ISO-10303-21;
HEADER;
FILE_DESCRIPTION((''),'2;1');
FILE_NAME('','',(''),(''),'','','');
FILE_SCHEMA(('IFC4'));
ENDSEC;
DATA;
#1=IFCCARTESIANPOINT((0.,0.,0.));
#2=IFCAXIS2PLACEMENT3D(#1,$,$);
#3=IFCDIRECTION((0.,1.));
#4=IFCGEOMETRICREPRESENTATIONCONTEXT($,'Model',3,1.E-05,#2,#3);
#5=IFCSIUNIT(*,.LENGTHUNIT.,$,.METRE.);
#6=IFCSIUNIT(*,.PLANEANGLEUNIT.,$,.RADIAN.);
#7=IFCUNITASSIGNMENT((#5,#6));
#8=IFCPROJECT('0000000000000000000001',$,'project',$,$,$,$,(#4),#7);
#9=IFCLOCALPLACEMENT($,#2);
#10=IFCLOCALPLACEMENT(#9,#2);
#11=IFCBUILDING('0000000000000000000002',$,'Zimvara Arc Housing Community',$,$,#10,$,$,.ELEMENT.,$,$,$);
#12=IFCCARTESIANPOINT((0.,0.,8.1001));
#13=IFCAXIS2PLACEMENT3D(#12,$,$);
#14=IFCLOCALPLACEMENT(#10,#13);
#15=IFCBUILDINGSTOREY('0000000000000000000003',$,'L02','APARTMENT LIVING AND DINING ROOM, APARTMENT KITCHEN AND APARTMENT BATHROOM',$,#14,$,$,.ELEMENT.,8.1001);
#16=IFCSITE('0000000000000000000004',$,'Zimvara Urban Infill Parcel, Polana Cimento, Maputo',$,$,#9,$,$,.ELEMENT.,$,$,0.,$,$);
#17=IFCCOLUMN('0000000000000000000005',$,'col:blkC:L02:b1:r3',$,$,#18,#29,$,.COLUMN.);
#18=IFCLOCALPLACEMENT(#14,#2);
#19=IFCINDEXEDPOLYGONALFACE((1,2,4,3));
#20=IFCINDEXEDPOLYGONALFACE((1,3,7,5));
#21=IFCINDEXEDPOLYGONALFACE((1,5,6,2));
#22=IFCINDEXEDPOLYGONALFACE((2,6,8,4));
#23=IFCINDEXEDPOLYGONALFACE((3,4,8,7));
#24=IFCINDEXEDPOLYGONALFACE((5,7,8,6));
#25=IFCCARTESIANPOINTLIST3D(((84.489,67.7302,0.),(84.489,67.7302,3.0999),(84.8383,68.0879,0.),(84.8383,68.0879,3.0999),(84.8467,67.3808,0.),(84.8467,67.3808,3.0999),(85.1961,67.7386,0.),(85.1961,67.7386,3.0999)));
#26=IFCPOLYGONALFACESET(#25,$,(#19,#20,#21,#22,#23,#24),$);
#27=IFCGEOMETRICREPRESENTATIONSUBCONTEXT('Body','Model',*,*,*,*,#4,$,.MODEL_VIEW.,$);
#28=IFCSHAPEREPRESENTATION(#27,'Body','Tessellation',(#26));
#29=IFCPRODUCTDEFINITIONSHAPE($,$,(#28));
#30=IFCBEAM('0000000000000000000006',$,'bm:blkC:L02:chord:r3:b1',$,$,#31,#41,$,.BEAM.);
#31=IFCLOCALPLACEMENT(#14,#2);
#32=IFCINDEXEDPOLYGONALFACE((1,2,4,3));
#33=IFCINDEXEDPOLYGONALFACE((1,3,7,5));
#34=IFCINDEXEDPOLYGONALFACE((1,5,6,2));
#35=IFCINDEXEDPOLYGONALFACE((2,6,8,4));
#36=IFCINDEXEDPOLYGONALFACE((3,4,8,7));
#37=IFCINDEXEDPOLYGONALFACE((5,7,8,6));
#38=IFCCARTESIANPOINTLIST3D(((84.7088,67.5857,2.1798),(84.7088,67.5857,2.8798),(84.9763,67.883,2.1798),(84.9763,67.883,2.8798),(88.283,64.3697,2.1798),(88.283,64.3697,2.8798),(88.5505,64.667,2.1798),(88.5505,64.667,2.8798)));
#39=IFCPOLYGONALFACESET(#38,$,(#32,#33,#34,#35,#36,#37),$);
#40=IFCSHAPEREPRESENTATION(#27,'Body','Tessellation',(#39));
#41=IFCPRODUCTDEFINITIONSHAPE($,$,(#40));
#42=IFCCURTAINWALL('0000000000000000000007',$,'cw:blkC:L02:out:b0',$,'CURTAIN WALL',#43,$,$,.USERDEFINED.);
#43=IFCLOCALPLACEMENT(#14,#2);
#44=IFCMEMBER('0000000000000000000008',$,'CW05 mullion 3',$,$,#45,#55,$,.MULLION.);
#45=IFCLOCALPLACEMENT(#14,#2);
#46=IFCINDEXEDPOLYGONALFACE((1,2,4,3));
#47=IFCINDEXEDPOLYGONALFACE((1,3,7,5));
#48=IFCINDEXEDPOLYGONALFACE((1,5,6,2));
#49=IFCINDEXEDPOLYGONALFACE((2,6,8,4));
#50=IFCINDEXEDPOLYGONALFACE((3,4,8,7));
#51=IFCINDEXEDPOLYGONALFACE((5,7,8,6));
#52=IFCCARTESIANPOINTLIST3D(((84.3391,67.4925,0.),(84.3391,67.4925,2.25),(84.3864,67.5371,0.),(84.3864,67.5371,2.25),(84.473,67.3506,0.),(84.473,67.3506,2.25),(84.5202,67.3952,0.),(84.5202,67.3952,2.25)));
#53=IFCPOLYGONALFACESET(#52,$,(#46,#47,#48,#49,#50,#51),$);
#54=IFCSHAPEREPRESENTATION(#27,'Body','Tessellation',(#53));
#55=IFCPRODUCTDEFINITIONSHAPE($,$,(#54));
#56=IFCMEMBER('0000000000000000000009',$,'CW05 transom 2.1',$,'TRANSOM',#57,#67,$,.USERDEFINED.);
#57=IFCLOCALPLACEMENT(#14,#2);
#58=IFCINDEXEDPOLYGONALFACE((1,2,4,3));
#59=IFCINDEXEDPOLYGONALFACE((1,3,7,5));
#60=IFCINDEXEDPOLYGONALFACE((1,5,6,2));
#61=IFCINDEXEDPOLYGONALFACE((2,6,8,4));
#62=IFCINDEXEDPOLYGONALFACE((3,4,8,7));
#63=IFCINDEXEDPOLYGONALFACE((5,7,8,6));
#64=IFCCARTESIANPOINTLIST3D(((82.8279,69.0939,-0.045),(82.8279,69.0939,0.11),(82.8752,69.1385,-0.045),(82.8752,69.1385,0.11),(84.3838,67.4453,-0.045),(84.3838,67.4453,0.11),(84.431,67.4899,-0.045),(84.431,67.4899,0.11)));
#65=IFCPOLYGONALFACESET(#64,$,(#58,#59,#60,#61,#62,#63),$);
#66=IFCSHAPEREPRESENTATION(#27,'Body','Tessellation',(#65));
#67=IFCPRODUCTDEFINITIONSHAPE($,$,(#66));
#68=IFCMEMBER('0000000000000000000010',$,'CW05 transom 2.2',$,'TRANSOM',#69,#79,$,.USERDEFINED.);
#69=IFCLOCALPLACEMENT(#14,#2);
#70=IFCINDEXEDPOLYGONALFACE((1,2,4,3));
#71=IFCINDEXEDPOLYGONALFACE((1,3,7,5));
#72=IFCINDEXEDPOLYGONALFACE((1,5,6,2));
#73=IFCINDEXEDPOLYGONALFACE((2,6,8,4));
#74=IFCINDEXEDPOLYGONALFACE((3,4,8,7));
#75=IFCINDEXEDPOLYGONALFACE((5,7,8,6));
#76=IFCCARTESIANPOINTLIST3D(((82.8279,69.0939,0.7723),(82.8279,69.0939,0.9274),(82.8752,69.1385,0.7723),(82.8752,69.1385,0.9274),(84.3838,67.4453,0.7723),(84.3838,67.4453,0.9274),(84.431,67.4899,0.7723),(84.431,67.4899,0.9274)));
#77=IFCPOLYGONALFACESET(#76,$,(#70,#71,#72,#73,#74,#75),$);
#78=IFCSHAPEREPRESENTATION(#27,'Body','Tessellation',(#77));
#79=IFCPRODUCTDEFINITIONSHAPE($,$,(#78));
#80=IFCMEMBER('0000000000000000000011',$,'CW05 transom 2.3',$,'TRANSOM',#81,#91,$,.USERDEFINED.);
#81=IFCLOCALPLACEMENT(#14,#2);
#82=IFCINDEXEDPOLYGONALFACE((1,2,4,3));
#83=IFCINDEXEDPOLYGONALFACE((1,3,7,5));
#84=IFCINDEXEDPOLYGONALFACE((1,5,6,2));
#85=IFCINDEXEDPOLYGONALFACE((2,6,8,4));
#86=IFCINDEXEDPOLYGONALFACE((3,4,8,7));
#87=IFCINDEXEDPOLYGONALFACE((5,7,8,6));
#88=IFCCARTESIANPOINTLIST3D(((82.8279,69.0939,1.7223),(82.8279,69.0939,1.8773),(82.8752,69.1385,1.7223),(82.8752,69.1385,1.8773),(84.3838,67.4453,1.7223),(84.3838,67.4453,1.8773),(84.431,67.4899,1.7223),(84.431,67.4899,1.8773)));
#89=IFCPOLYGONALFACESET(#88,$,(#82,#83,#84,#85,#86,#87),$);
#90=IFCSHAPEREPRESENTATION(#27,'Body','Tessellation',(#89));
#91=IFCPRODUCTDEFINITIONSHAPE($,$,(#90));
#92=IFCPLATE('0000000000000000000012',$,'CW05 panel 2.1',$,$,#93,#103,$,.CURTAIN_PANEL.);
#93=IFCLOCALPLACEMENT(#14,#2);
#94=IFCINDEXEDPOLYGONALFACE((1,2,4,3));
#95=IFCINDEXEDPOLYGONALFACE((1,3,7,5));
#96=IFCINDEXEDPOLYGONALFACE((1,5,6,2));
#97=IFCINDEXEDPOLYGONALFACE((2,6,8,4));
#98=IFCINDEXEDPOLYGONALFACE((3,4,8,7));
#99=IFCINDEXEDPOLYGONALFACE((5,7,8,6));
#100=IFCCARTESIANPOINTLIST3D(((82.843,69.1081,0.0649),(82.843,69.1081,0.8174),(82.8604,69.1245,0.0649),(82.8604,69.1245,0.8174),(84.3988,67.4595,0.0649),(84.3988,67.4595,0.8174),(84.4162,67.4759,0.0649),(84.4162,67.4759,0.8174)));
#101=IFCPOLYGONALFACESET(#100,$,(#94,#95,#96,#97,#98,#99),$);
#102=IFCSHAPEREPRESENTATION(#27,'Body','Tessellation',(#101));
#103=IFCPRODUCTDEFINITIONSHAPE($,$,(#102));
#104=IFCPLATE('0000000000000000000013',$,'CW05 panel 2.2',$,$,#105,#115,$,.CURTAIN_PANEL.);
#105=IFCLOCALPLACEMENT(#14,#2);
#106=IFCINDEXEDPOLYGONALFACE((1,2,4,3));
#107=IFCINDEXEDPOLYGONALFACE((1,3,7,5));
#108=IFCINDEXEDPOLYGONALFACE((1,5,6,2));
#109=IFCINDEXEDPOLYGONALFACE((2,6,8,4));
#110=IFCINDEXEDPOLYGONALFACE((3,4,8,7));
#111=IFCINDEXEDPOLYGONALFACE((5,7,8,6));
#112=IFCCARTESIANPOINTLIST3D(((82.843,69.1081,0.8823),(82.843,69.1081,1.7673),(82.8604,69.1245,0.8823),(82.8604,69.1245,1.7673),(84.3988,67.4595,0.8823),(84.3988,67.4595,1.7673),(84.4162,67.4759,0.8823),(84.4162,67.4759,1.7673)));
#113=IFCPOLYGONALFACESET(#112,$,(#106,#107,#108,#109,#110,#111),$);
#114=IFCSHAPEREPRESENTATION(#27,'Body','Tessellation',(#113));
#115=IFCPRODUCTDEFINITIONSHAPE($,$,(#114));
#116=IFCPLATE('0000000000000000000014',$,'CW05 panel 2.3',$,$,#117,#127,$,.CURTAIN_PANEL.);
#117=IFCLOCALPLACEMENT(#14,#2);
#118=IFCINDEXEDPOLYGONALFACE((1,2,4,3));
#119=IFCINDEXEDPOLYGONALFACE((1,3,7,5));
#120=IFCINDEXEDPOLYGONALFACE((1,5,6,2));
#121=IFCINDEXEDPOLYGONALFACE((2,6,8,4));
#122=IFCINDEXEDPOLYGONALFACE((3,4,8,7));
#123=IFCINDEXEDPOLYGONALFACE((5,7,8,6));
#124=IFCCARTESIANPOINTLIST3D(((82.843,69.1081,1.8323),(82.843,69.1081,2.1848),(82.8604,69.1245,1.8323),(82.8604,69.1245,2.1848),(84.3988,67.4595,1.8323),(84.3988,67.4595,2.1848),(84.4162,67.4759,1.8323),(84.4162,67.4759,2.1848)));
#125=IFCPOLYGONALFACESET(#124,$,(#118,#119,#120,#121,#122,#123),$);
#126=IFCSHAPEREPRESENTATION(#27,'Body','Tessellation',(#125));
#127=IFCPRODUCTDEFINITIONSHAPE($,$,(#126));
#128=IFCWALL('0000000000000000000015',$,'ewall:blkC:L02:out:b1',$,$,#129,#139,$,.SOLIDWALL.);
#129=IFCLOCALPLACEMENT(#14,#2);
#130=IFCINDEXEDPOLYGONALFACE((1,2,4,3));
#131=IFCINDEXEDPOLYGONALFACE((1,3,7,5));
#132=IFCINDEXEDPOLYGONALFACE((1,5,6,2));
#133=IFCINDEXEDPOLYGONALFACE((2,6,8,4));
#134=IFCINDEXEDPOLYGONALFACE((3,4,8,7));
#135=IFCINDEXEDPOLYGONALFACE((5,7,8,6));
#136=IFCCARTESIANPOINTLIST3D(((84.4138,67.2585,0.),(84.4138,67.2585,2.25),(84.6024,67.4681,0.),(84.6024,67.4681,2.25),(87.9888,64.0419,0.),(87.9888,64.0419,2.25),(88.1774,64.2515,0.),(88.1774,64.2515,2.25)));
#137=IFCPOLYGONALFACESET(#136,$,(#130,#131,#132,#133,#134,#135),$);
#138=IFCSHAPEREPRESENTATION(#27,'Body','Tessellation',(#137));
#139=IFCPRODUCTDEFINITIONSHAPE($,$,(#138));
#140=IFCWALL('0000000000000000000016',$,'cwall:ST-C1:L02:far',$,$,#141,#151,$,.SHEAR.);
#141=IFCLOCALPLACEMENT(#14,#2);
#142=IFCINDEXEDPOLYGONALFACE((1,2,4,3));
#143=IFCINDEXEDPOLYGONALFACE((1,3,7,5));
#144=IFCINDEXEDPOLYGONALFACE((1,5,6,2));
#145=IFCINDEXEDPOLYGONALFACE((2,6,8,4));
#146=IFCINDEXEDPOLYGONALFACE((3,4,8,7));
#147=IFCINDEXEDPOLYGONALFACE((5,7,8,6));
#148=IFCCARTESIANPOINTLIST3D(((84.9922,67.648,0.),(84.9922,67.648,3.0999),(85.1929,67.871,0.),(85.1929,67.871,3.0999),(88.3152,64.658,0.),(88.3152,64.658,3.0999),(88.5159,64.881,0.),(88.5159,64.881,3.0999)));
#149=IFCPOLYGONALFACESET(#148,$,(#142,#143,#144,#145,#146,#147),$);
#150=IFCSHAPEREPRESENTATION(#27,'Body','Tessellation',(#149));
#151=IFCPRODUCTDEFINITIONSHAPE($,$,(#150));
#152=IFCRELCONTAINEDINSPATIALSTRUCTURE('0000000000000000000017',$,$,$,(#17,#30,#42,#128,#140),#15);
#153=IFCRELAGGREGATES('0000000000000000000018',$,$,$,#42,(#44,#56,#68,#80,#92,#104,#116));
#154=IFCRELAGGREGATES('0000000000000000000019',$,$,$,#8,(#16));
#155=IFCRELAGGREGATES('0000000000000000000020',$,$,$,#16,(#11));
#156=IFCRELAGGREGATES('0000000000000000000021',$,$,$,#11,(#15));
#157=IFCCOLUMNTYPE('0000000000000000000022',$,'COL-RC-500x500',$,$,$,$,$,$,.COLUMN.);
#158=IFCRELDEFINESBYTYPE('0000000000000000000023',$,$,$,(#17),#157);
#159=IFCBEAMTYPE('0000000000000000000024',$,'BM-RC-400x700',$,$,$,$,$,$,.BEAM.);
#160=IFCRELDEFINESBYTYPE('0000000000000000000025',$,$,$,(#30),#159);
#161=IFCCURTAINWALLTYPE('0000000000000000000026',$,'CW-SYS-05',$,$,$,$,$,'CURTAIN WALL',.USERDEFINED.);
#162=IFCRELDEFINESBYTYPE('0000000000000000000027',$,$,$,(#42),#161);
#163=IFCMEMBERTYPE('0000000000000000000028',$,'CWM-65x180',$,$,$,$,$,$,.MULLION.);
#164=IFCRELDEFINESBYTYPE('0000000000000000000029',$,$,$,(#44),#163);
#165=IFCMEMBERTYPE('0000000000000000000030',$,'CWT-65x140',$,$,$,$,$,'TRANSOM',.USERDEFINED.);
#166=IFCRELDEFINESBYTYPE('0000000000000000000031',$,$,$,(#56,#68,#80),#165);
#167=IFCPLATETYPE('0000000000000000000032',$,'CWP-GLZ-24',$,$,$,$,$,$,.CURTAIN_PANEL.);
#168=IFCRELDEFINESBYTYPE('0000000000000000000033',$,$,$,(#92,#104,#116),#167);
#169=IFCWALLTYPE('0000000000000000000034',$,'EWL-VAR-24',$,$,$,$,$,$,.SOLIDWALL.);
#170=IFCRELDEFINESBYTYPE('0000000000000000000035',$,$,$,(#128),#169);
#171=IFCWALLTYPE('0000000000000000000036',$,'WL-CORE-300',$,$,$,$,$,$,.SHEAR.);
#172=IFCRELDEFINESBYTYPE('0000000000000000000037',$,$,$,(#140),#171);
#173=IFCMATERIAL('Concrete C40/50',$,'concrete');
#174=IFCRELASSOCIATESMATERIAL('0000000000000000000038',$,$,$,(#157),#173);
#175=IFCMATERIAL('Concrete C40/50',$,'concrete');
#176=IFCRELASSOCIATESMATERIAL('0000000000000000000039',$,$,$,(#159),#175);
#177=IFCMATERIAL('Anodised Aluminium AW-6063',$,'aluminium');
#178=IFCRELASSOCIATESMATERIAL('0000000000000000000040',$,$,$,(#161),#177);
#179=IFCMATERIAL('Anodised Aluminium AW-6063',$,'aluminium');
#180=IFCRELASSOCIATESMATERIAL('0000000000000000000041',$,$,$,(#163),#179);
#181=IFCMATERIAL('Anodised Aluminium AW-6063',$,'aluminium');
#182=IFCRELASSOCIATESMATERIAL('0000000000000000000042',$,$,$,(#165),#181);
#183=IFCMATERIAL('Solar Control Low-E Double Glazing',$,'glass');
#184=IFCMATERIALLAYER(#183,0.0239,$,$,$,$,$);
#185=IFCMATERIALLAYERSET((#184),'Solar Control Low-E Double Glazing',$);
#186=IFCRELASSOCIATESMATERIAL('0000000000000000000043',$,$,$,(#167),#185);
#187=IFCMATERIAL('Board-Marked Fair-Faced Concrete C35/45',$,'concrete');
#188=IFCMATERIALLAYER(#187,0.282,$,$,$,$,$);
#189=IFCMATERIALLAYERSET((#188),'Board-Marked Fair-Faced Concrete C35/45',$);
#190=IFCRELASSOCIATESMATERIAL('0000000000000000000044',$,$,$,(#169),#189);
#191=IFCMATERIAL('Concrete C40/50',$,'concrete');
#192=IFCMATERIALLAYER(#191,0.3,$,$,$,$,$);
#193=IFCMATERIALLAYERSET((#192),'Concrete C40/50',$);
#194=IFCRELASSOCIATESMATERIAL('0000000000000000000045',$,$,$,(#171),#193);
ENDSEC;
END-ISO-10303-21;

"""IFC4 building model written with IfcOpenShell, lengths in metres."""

from ifc_helpers import new_model, si_unit, direction, frame, frame_2d, origin, origin_2d, place, context, subcontext, project, spatial, rectangle, extrude, material, layer, layer_set, material_profile, profile_set, type_object, element, aggregate, save


model = new_model("IFC4")

# Units and contexts
model_context = context("Model", 3, precision=1e-05, world=origin(), true_north=direction((0.0, 1.0)))
body_context = subcontext(model_context, "Body", "Model", "MODEL_VIEW")
ifc_project = project(units=[si_unit("LENGTHUNIT", "METRE"), si_unit("PLANEANGLEUNIT", "RADIAN")], contexts=[model_context])

# Site, building, storey
site_placement = place(None, origin())
site = spatial("IfcSite", under=ifc_project, at=site_placement, Name="Zimvara Urban Infill Parcel, Polana Cimento, Maputo", CompositionType="ELEMENT", RefElevation=0.0)
building_placement = place(site_placement, origin())
building = spatial("IfcBuilding", under=site, at=building_placement, Name="Zimvara Arc Housing Community", CompositionType="ELEMENT")
storey_placement = place(building_placement, frame((0.0, 0.0, 8.1001)))
storey = spatial("IfcBuildingStorey", under=building, at=storey_placement, Name="L02", Description="APARTMENT LIVING AND DINING ROOM, APARTMENT KITCHEN AND APARTMENT BATHROOM", CompositionType="ELEMENT", Elevation=8.1001)

# Column
ifc_material_1 = material(Name="Concrete C40/50", Category="concrete")
ifc_material_profile_1 = material_profile(ifc_material_1, rectangle(XDim=0.5, YDim=0.5, at=origin_2d()), Name="RC 500x500")
ifc_profile_set_1 = profile_set([ifc_material_profile_1], Name="Concrete C40/50")
column_type = type_object("IfcColumnType", Name="COL-RC-500x500", PredefinedType="COLUMN", material=ifc_profile_set_1)
column_placement = place(storey_placement, frame((84.8425, 67.7344, 0.0), z_axis=(0.0, 0.0, 1.0), x_axis=(-0.698665, -0.715449, 0.0)))
element("IfcColumn", 1, at=column_placement, inside=storey, type_object=column_type, Name="col:blkC:L02:b1:r3", PredefinedType="COLUMN", context=body_context, shape_type="SweptSolid", body=[
    extrude(rectangle(XDim=0.5, YDim=0.5, at=origin_2d()), origin(), (0.0, 0.0, 1.0), 3.0999),
])

# Beam
ifc_material_2 = material(Name="Concrete C40/50", Category="concrete")
ifc_material_profile_2 = material_profile(ifc_material_2, rectangle(XDim=0.3999, YDim=0.7, at=origin_2d()), Name="RC 400x700")
ifc_profile_set_2 = profile_set([ifc_material_profile_2], Name="Concrete C40/50")
beam_type = type_object("IfcBeamType", Name="BM-RC-400x700", PredefinedType="BEAM", material=ifc_profile_set_2)
beam_placement = place(storey_placement, frame((84.8425, 67.7344, 2.5298), z_axis=(0.74337, -0.668881, 0.0), x_axis=(0.668881, 0.74337, 0.0)))
element("IfcBeam", 2, at=beam_placement, inside=storey, type_object=beam_type, Name="bm:blkC:L02:chord:r3:b1", PredefinedType="BEAM", context=body_context, shape_type="SweptSolid", body=[
    extrude(rectangle(XDim=0.3999, YDim=0.7, at=origin_2d()), origin(), (0.0, 0.0, 1.0), 4.8081),
])

# Curtain wall, members, plates
ifc_material_3 = material(Name="Anodised Aluminium AW-6063", Category="aluminium")
curtain_wall_type = type_object("IfcCurtainWallType", Name="CW-SYS-05", ElementType="CURTAIN WALL", PredefinedType="USERDEFINED", material=ifc_material_3)
curtain_wall_placement = place(storey_placement, origin())
curtain_wall = element("IfcCurtainWall", 3, at=curtain_wall_placement, inside=storey, type_object=curtain_wall_type, Name="cw:blkC:L02:out:b0", ObjectType="CURTAIN WALL", PredefinedType="USERDEFINED")
ifc_material_4 = material(Name="Anodised Aluminium AW-6063", Category="aluminium")
ifc_material_profile_3 = material_profile(ifc_material_4, rectangle(XDim=0.0649, YDim=0.1951, at=origin_2d()), Name="ALU 65x195")
ifc_profile_set_3 = profile_set([ifc_material_profile_3], Name="Anodised Aluminium AW-6063")
member_type_1 = type_object("IfcMemberType", Name="CWM-65x180", PredefinedType="MULLION", material=ifc_profile_set_3)
member_1_placement = place(storey_placement, frame((84.4297, 67.4438, 0.0), z_axis=(0.0, 0.0, 1.0), x_axis=(0.727294, 0.686326, 0.0)))
member_1 = element("IfcMember", 4, at=member_1_placement, type_object=member_type_1, Name="CW05 mullion 3", PredefinedType="MULLION", context=body_context, shape_type="SweptSolid", body=[
    extrude(rectangle(XDim=0.0649, YDim=0.1951, at=origin_2d()), origin(), (0.0, 0.0, 1.0), 2.25),
])
ifc_material_5 = material(Name="Anodised Aluminium AW-6063", Category="aluminium")
ifc_material_profile_4 = material_profile(ifc_material_5, rectangle(XDim=0.0649, YDim=0.155, at=origin_2d()), Name="ALU 65x155")
ifc_profile_set_4 = profile_set([ifc_material_profile_4], Name="Anodised Aluminium AW-6063")
member_type_2 = type_object("IfcMemberType", Name="CWT-65x140", ElementType="TRANSOM", PredefinedType="USERDEFINED", material=ifc_profile_set_4)
member_2_placement = place(storey_placement, frame((82.8516, 69.1162, 0.0325), z_axis=(0.686348, -0.727273, 0.0), x_axis=(0.727273, 0.686348, 0.0)))
member_2 = element("IfcMember", 5, at=member_2_placement, type_object=member_type_2, Name="CW05 transom 2.1", ObjectType="TRANSOM", PredefinedType="USERDEFINED", context=body_context, shape_type="SweptSolid", body=[
    extrude(rectangle(XDim=0.0649, YDim=0.155, at=origin_2d()), origin(), (0.0, 0.0, 1.0), 2.2668),
])
member_3_placement = place(storey_placement, frame((82.8516, 69.1162, 0.8499), z_axis=(0.686348, -0.727273, 0.0), x_axis=(0.727273, 0.686348, 0.0)))
member_3 = element("IfcMember", 6, at=member_3_placement, type_object=member_type_2, Name="CW05 transom 2.2", ObjectType="TRANSOM", PredefinedType="USERDEFINED", context=body_context, shape_type="SweptSolid", body=[
    extrude(rectangle(XDim=0.0649, YDim=0.155, at=origin_2d()), origin(), (0.0, 0.0, 1.0), 2.2668),
])
member_4_placement = place(storey_placement, frame((82.8516, 69.1162, 1.7998), z_axis=(0.686348, -0.727273, 0.0), x_axis=(0.727273, 0.686348, 0.0)))
member_4 = element("IfcMember", 7, at=member_4_placement, type_object=member_type_2, Name="CW05 transom 2.3", ObjectType="TRANSOM", PredefinedType="USERDEFINED", context=body_context, shape_type="SweptSolid", body=[
    extrude(rectangle(XDim=0.0649, YDim=0.155, at=origin_2d()), origin(), (0.0, 0.0, 1.0), 2.2668),
])
ifc_material_6 = material(Name="Solar Control Low-E Double Glazing", Category="glass")
ifc_layer_1 = layer(ifc_material_6, 0.0239)
ifc_layer_set_1 = layer_set([ifc_layer_1], Name="Solar Control Low-E Double Glazing")
plate_type = type_object("IfcPlateType", Name="CWP-GLZ-24", PredefinedType="CURTAIN_PANEL", material=ifc_layer_set_1)
plate_1_placement = place(storey_placement, frame((83.6296, 68.292, 0.0649), z_axis=(0.0, 0.0, 1.0), x_axis=(0.686326, -0.727294, 0.0)))
plate_1 = element("IfcPlate", 8, at=plate_1_placement, type_object=plate_type, Name="CW05 panel 2.1", PredefinedType="CURTAIN_PANEL", context=body_context, shape_type="SweptSolid", body=[
    extrude(rectangle(XDim=2.2668, YDim=0.0239, at=origin_2d()), origin(), (0.0, 0.0, 1.0), 0.7524),
])
plate_2_placement = place(storey_placement, frame((83.6296, 68.292, 0.8823), z_axis=(0.0, 0.0, 1.0), x_axis=(0.686326, -0.727294, 0.0)))
plate_2 = element("IfcPlate", 9, at=plate_2_placement, type_object=plate_type, Name="CW05 panel 2.2", PredefinedType="CURTAIN_PANEL", context=body_context, shape_type="SweptSolid", body=[
    extrude(rectangle(XDim=2.2668, YDim=0.0239, at=origin_2d()), origin(), (0.0, 0.0, 1.0), 0.885),
])
plate_3_placement = place(storey_placement, frame((83.6296, 68.292, 1.8323), z_axis=(0.0, 0.0, 1.0), x_axis=(0.686326, -0.727294, 0.0)))
plate_3 = element("IfcPlate", 10, at=plate_3_placement, type_object=plate_type, Name="CW05 panel 2.3", PredefinedType="CURTAIN_PANEL", context=body_context, shape_type="SweptSolid", body=[
    extrude(rectangle(XDim=2.2668, YDim=0.0239, at=origin_2d()), origin(), (0.0, 0.0, 1.0), 0.3525),
])
aggregate(curtain_wall, [member_1, member_2, member_3, member_4, plate_1, plate_2, plate_3])

# Walls
ifc_material_7 = material(Name="Board-Marked Fair-Faced Concrete C35/45", Category="concrete")
ifc_layer_2 = layer(ifc_material_7, 0.282)
ifc_layer_set_2 = layer_set([ifc_layer_2], Name="Board-Marked Fair-Faced Concrete C35/45")
wall_type_1 = type_object("IfcWallType", Name="EWL-VAR-24", PredefinedType="SOLIDWALL", material=ifc_layer_set_2)
wall_1_placement = place(storey_placement, frame((84.5081, 67.3633, 0.0), z_axis=(0.0, 0.0, 1.0), x_axis=(0.743388, -0.668861, 0.0)))
element("IfcWall", 11, at=wall_1_placement, inside=storey, type_object=wall_type_1, Name="ewall:blkC:L02:out:b1", PredefinedType="SOLIDWALL", context=body_context, shape_type="SweptSolid", body=[
    extrude(rectangle(XDim=4.8091, YDim=0.282, at=frame_2d((2.4045, 0.0))), origin(), (0.0, 0.0, 1.0), 2.25),
])
ifc_material_8 = material(Name="Concrete C40/50", Category="concrete")
ifc_layer_3 = layer(ifc_material_8, 0.3)
ifc_layer_set_3 = layer_set([ifc_layer_3], Name="Concrete C40/50")
wall_type_2 = type_object("IfcWallType", Name="WL-CORE-300", PredefinedType="SHEAR", material=ifc_layer_set_3)
wall_2_placement = place(storey_placement, frame((85.0925, 67.7595, 0.0), z_axis=(0.0, 0.0, 1.0), x_axis=(0.743373, -0.668877, 0.0)))
element("IfcWall", 12, at=wall_2_placement, inside=storey, type_object=wall_type_2, Name="cwall:ST-C1:L02:far", PredefinedType="SHEAR", context=body_context, shape_type="SweptSolid", body=[
    extrude(rectangle(XDim=4.4702, YDim=0.3, at=frame_2d((2.2351, 0.0))), origin(), (0.0, 0.0, 1.0), 3.0999),
])

save(model, "model.ifc")
